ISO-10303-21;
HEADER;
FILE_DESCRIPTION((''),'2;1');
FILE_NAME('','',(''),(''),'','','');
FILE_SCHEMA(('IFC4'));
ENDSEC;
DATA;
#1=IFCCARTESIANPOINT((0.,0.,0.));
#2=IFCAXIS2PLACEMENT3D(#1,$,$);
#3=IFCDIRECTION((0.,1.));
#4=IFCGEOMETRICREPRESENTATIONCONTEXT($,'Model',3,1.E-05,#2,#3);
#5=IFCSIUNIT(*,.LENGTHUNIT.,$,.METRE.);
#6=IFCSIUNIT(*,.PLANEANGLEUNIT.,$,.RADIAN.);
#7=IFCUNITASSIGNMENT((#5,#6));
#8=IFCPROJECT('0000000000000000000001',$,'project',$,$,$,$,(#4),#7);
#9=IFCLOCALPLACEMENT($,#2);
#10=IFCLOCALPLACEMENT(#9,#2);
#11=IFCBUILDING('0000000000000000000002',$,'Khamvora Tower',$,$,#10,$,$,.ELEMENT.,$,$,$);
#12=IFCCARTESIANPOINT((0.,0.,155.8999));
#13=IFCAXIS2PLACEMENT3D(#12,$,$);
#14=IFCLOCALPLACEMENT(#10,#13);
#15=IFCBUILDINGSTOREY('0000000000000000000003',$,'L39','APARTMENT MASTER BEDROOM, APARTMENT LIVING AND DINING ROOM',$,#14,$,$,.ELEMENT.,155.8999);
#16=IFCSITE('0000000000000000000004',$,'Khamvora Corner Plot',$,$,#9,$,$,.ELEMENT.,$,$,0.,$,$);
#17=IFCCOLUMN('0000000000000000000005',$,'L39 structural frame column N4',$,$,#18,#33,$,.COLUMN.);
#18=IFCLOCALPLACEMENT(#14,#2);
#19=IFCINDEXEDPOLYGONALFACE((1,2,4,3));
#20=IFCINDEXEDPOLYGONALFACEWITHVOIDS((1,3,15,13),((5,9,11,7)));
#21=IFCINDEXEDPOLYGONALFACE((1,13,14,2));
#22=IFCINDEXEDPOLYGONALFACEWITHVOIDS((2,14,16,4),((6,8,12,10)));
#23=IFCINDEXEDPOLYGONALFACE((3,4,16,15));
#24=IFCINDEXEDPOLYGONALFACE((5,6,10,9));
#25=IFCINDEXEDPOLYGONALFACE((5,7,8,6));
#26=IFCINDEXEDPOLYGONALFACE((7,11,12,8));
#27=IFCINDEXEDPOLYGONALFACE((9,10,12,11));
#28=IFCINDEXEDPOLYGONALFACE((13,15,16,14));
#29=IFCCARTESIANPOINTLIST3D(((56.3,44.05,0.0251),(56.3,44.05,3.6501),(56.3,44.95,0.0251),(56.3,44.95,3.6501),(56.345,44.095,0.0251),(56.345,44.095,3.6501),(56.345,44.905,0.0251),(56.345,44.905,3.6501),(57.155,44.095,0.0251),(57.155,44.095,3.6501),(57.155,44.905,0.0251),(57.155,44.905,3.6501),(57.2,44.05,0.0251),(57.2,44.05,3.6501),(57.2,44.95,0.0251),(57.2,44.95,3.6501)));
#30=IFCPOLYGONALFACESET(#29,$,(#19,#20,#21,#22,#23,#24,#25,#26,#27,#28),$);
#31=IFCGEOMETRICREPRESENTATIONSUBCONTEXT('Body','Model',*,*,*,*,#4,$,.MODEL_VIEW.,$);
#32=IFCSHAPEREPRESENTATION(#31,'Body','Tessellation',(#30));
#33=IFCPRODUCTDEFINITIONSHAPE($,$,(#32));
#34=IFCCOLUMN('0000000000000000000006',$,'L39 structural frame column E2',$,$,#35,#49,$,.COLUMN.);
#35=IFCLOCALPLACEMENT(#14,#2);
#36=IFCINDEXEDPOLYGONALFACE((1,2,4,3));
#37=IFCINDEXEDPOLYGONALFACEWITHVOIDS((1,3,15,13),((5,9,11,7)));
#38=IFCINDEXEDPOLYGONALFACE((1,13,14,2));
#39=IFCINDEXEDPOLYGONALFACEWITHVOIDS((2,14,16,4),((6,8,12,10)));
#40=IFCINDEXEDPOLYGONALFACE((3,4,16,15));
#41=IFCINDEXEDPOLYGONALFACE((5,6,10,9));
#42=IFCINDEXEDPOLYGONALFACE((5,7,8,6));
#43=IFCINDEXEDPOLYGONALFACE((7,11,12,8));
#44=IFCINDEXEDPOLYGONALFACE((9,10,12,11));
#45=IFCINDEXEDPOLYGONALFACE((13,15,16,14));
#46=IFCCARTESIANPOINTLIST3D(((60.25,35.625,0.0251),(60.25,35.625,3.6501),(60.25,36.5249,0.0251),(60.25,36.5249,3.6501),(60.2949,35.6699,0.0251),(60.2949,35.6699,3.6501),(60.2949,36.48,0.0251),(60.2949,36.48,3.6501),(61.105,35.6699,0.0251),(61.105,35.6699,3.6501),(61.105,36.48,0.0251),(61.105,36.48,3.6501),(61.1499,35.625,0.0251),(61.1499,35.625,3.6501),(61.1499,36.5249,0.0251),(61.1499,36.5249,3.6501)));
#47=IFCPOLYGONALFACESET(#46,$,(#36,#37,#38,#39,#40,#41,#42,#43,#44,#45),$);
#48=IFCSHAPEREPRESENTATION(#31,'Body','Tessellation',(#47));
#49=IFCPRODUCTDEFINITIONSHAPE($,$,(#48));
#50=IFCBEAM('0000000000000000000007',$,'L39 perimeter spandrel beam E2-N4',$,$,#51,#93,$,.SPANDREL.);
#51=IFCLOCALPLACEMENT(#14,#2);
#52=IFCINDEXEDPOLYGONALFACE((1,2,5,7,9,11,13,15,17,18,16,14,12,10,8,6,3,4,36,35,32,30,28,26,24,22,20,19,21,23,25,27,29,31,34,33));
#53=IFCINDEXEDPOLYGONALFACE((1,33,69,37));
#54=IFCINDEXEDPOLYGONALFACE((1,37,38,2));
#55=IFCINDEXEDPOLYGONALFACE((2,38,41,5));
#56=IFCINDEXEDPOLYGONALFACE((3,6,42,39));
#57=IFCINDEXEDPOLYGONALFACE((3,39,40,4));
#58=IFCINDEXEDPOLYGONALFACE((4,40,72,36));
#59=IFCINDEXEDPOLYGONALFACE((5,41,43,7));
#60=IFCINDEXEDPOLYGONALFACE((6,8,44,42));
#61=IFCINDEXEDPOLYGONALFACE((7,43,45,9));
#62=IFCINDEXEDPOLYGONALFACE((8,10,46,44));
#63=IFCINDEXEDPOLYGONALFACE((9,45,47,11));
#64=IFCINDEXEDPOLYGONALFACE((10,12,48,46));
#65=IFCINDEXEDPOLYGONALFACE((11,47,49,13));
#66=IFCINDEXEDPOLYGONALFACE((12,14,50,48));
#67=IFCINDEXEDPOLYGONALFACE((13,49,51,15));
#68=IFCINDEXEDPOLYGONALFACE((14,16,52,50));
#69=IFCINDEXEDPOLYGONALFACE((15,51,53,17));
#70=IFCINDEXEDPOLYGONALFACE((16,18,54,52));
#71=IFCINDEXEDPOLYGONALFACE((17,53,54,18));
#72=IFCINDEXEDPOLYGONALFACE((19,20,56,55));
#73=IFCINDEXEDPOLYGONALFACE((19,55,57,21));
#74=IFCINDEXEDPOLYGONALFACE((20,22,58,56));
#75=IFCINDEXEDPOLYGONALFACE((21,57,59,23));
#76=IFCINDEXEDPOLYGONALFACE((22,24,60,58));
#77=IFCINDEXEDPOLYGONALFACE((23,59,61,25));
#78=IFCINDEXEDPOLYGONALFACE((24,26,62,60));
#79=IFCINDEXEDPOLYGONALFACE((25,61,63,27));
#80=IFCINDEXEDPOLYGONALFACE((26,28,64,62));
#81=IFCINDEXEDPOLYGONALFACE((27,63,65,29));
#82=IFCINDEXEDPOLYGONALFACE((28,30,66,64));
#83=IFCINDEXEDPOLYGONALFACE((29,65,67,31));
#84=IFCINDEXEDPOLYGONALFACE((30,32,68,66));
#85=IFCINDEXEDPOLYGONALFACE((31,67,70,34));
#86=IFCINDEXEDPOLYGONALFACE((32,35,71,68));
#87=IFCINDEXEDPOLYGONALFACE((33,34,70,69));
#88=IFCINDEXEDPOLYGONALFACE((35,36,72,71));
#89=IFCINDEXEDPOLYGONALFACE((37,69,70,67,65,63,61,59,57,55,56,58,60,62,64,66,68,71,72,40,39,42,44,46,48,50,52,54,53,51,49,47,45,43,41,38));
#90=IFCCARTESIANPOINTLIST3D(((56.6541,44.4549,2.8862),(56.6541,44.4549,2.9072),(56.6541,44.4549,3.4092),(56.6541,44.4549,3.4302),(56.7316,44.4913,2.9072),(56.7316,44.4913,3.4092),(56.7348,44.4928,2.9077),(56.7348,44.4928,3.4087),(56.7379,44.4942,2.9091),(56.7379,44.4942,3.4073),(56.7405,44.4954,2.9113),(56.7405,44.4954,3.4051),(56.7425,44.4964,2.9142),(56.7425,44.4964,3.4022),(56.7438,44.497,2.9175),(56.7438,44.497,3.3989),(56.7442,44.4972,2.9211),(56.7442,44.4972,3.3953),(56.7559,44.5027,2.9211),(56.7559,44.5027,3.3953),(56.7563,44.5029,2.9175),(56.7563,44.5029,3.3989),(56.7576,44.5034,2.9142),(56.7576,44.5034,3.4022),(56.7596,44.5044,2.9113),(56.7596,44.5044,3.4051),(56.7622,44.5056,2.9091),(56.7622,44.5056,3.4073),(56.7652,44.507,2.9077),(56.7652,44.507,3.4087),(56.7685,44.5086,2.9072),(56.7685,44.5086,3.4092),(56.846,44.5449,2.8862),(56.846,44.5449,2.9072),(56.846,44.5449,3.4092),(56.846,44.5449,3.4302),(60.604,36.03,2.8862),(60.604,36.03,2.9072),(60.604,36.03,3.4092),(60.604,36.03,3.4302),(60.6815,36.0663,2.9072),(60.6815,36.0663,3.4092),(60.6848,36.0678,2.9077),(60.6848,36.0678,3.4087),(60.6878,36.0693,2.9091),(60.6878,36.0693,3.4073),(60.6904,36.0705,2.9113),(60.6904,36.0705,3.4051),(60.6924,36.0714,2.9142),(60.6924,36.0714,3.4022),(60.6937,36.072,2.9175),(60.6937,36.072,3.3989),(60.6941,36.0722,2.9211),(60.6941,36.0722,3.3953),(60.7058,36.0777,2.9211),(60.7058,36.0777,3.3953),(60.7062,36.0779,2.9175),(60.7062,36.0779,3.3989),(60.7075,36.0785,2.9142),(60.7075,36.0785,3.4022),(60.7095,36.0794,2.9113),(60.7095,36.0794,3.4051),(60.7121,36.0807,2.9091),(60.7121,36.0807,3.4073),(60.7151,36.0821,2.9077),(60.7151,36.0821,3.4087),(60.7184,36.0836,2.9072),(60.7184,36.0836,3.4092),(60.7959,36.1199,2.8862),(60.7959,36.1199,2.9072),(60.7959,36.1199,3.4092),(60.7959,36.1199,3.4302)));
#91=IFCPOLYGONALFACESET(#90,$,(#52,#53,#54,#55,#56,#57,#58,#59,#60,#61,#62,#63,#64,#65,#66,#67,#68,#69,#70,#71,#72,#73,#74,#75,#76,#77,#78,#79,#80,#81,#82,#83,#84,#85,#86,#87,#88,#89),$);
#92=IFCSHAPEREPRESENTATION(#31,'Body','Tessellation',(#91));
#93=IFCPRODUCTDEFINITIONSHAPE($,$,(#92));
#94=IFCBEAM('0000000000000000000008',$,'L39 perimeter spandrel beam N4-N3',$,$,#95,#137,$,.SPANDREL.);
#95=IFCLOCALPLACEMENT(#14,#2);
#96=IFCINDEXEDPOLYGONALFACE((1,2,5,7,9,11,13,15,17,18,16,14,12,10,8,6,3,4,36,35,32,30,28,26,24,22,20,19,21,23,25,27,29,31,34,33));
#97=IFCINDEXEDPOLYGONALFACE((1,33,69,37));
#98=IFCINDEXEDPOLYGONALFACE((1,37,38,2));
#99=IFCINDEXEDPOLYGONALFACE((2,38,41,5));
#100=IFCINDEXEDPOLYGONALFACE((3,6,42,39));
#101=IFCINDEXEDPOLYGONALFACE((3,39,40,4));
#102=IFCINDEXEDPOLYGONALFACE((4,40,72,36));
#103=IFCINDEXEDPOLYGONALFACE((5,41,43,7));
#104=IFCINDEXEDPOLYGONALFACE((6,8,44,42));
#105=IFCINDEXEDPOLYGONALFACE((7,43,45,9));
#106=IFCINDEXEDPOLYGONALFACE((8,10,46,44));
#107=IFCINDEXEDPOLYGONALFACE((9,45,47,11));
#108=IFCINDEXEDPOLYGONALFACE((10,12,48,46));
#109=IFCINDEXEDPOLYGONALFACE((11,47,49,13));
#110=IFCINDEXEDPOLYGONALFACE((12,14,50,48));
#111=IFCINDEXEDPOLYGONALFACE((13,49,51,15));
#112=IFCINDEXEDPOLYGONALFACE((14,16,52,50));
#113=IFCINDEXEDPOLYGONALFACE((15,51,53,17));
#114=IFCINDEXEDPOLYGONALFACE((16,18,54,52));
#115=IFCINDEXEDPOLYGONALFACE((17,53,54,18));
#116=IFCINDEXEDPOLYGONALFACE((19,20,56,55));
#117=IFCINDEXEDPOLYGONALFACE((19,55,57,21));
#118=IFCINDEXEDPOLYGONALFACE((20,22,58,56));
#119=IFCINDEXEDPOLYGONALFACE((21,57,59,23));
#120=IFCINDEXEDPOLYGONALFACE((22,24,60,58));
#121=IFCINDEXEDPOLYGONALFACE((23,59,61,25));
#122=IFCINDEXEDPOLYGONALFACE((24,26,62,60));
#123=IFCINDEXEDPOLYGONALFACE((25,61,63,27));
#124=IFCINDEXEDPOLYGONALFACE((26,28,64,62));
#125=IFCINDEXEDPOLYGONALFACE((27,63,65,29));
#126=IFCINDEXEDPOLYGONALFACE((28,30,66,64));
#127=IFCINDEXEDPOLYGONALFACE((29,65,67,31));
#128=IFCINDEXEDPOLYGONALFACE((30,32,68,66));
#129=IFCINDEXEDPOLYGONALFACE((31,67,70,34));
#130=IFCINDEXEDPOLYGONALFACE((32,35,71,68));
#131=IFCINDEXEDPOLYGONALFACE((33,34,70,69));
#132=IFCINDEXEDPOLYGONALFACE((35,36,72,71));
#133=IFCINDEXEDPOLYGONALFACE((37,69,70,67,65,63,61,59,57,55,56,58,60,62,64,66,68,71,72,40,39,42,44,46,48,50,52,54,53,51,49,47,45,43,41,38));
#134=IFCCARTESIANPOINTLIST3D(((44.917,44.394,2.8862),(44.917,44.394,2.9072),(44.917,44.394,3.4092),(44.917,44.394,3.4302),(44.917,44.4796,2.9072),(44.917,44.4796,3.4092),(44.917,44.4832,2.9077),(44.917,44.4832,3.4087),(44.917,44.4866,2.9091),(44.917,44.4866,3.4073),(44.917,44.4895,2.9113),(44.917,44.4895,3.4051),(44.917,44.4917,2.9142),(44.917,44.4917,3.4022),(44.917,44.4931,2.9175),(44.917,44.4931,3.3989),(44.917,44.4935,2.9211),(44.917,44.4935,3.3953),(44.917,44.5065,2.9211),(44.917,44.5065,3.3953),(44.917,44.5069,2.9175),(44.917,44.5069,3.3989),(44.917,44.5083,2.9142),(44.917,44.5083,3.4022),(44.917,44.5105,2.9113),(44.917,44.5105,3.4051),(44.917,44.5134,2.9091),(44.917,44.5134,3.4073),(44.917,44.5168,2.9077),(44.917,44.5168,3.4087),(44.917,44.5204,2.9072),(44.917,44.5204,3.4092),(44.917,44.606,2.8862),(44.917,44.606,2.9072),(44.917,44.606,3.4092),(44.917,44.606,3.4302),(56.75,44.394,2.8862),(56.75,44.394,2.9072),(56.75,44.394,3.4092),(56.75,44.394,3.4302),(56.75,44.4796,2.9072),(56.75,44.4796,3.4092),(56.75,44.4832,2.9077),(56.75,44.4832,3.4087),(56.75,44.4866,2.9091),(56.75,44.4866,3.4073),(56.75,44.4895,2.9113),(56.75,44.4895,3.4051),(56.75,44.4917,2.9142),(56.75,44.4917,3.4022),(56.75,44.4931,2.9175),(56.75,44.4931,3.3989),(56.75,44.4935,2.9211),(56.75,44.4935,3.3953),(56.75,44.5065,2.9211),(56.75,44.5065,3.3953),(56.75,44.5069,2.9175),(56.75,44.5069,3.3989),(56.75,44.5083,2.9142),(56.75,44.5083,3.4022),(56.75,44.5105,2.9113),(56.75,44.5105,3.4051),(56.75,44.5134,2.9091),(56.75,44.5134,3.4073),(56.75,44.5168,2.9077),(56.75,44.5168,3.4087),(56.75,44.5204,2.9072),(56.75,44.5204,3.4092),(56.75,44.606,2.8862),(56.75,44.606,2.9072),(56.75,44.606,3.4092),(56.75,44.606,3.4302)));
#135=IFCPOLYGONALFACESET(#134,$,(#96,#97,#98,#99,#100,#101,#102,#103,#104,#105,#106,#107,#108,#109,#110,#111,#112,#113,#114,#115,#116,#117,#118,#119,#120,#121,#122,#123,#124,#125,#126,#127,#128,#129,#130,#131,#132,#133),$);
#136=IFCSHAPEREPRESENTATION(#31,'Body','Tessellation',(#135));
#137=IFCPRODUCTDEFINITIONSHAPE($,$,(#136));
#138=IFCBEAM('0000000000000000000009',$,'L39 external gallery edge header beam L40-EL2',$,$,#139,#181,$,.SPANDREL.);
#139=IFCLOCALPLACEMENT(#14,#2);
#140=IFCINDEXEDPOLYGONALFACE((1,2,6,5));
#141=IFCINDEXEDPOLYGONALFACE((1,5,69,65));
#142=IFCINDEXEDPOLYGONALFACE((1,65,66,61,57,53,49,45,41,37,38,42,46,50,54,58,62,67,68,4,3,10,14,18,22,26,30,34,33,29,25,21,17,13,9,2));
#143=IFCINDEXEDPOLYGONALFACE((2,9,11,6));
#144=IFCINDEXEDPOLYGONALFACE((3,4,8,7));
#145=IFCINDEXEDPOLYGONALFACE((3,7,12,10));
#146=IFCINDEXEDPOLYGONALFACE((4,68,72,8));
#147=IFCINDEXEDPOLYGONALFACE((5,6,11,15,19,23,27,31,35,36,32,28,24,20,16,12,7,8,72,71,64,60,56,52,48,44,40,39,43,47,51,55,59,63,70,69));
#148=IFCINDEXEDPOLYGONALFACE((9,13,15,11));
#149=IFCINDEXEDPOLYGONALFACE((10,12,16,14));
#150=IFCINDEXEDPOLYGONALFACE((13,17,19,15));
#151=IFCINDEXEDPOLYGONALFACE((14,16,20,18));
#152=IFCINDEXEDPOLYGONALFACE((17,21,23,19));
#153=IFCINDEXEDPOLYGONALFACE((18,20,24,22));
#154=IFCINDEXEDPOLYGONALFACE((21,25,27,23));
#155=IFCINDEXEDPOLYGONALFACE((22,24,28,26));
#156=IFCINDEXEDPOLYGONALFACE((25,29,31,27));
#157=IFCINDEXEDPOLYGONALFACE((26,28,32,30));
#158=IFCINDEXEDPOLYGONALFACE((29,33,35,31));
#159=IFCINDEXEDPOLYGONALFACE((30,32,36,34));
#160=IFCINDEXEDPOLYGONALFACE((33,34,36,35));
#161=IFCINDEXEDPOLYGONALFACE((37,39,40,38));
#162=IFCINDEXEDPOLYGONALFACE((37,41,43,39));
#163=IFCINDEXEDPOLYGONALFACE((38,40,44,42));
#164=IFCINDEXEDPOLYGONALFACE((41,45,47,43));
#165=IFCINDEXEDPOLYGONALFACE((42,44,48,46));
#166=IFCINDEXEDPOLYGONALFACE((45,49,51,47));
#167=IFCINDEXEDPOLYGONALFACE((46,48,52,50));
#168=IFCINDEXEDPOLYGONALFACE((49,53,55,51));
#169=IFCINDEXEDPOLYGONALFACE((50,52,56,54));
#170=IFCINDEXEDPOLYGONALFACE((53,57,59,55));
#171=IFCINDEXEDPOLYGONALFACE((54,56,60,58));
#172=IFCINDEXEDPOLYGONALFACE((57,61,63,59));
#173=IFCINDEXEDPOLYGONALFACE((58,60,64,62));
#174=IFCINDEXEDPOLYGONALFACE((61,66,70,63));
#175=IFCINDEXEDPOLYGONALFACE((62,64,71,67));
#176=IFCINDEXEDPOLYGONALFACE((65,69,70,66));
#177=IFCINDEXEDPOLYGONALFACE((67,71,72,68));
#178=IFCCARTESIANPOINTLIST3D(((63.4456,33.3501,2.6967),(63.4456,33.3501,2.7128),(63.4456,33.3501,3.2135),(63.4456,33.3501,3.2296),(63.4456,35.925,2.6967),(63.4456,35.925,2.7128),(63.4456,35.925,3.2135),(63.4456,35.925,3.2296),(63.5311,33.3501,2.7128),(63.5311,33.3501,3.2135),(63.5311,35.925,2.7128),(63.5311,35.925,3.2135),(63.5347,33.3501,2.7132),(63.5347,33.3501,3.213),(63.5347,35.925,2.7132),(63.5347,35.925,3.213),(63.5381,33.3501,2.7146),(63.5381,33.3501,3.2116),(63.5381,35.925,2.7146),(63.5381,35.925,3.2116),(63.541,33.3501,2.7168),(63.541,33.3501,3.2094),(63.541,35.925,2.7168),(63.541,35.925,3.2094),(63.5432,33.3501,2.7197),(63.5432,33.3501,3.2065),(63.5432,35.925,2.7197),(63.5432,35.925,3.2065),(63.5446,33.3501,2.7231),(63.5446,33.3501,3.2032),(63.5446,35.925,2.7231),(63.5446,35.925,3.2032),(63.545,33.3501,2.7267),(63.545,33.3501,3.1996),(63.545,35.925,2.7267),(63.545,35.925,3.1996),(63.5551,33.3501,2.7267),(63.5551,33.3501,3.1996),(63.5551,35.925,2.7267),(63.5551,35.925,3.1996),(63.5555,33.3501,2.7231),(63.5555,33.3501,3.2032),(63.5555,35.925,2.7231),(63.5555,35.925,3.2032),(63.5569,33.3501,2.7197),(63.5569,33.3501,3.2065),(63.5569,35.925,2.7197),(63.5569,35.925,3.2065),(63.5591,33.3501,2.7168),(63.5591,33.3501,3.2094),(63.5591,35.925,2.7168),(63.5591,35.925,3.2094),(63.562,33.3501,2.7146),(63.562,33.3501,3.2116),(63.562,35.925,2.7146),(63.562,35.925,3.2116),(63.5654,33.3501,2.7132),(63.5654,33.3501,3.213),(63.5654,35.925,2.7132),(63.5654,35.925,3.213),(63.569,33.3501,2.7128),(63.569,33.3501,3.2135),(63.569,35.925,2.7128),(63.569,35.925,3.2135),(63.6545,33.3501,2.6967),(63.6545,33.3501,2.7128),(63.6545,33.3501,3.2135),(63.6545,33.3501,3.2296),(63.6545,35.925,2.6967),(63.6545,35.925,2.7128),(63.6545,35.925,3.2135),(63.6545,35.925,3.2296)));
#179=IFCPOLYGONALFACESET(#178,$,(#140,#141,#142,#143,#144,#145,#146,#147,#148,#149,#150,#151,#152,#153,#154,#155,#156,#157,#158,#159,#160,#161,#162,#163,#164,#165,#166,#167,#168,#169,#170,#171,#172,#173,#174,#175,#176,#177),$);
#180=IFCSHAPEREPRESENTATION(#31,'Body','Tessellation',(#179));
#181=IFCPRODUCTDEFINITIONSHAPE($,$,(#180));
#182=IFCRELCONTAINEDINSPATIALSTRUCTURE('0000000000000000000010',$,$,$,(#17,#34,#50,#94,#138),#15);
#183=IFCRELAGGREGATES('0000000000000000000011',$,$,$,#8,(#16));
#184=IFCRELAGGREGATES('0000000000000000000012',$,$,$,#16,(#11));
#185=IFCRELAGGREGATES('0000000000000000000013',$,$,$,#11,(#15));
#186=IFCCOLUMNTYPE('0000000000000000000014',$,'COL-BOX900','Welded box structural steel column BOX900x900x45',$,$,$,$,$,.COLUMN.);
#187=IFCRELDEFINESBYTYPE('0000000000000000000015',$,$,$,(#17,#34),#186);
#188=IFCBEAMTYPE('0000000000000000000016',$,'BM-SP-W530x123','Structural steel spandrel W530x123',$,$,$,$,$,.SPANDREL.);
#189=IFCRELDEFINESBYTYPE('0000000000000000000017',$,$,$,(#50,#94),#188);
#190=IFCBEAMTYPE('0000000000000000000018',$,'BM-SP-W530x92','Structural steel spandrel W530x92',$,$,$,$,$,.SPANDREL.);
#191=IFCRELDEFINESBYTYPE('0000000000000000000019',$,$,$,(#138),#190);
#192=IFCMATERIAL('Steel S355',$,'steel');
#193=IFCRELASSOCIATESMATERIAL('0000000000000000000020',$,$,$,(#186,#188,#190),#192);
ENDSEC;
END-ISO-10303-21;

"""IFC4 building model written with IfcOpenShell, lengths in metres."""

from ifc_helpers import new_model, si_unit, direction, frame, origin, origin_2d, place, context, subcontext, project, spatial, hollow_rectangle, i_section, extrude, material, material_profile, profile_set, type_object, element, save


model = new_model("IFC4")

# Units and contexts
model_context = context("Model", 3, precision=1e-05, world=origin(), true_north=direction((0.0, 1.0)))
body_context = subcontext(model_context, "Body", "Model", "MODEL_VIEW")
ifc_project = project(units=[si_unit("LENGTHUNIT", "METRE"), si_unit("PLANEANGLEUNIT", "RADIAN")], contexts=[model_context])

# Site, building, storey
site_placement = place(None, origin())
site = spatial("IfcSite", under=ifc_project, at=site_placement, Name="Khamvora Corner Plot", CompositionType="ELEMENT", RefElevation=0.0)
building_placement = place(site_placement, origin())
building = spatial("IfcBuilding", under=site, at=building_placement, Name="Khamvora Tower", CompositionType="ELEMENT")
storey_placement = place(building_placement, frame((0.0, 0.0, 155.8999)))
storey = spatial("IfcBuildingStorey", under=building, at=storey_placement, Name="L39", Description="APARTMENT MASTER BEDROOM, APARTMENT LIVING AND DINING ROOM", CompositionType="ELEMENT", Elevation=155.8999)

# Columns
ifc_material_1 = material(Name="Steel S355", Category="steel")
ifc_material_profile_1 = material_profile(ifc_material_1, hollow_rectangle(XDim=0.8999, YDim=0.8999, WallThickness=0.0449, at=origin_2d()), Name="BOX900x900x45")
ifc_profile_set_1 = profile_set([ifc_material_profile_1], Name="Steel S355")
column_type = type_object("IfcColumnType", Name="COL-BOX900", Description="Welded box structural steel column BOX900x900x45", PredefinedType="COLUMN", material=ifc_profile_set_1)
for number, where, z_axis, x_axis, name in (
    (1, (56.75, 44.5, 0.0251), (0.0, 0.0, 1.0), (1.0, 0.0, 0.0), "L39 structural frame column N4"),
    (2, (60.7, 36.075, 0.0251), (0.0, 0.0, 1.0), (1.0, 0.0, 0.0), "L39 structural frame column E2"),
):
    element("IfcColumn", number, at=place(storey_placement, frame(where, z_axis=z_axis, x_axis=x_axis)), inside=storey, type_object=column_type, Name=name, PredefinedType="COLUMN", context=body_context, shape_type="SweptSolid", body=[
        extrude(hollow_rectangle(XDim=0.8999, YDim=0.8999, WallThickness=0.0449, at=origin_2d()), origin(), (0.0, 0.0, 1.0), 3.625),
    ])

# Beams
ifc_material_profile_2 = material_profile(ifc_material_1, i_section(OverallWidth=0.2119, OverallDepth=0.5439, WebThickness=0.0129, FlangeThickness=0.021, FilletRadius=0.0139, at=origin_2d()), Name="W530x123")
ifc_profile_set_2 = profile_set([ifc_material_profile_2], Name="Steel S355")
beam_type_1 = type_object("IfcBeamType", Name="BM-SP-W530x123", Description="Structural steel spandrel W530x123", PredefinedType="SPANDREL", material=ifc_profile_set_2)
beam_1_placement = place(storey_placement, frame((60.7, 36.075, 3.1582), z_axis=(-0.424496, 0.90543, 0.0), x_axis=(-0.90543, -0.424496, 0.0)))
element("IfcBeam", 3, at=beam_1_placement, inside=storey, type_object=beam_type_1, Name="L39 perimeter spandrel beam E2-N4", PredefinedType="SPANDREL", context=body_context, shape_type="SweptSolid", body=[
    extrude(i_section(OverallWidth=0.2119, OverallDepth=0.5439, WebThickness=0.0129, FlangeThickness=0.021, FilletRadius=0.0139, at=origin_2d()), origin(), (0.0, 0.0, 1.0), 9.3049),
])
beam_2_placement = place(storey_placement, frame((56.75, 44.5, 3.1582), z_axis=(-1.0, 0.0, 0.0), x_axis=(0.0, -1.0, 0.0)))
element("IfcBeam", 4, at=beam_2_placement, inside=storey, type_object=beam_type_1, Name="L39 perimeter spandrel beam N4-N3", PredefinedType="SPANDREL", context=body_context, shape_type="SweptSolid", body=[
    extrude(i_section(OverallWidth=0.2119, OverallDepth=0.5439, WebThickness=0.0129, FlangeThickness=0.021, FilletRadius=0.0139, at=origin_2d()), origin(), (0.0, 0.0, 1.0), 11.833),
])
ifc_material_profile_3 = material_profile(ifc_material_1, i_section(OverallWidth=0.209, OverallDepth=0.533, WebThickness=0.01, FlangeThickness=0.0161, FilletRadius=0.0139, at=origin_2d()), Name="W530x92")
ifc_profile_set_3 = profile_set([ifc_material_profile_3], Name="Steel S355")
beam_type_2 = type_object("IfcBeamType", Name="BM-SP-W530x92", Description="Structural steel spandrel W530x92", PredefinedType="SPANDREL", material=ifc_profile_set_3)
beam_3_placement = place(storey_placement, frame((63.55, 33.3501, 2.9631), z_axis=(0.0, 1.0, 0.0), x_axis=(-1.0, 0.0, 0.0)))
element("IfcBeam", 5, at=beam_3_placement, inside=storey, type_object=beam_type_2, Name="L39 external gallery edge header beam L40-EL2", PredefinedType="SPANDREL", context=body_context, shape_type="SweptSolid", body=[
    extrude(i_section(OverallWidth=0.209, OverallDepth=0.533, WebThickness=0.01, FlangeThickness=0.0161, FilletRadius=0.0139, at=origin_2d()), origin(), (0.0, 0.0, 1.0), 2.575),
])

save(model, "model.ifc")
